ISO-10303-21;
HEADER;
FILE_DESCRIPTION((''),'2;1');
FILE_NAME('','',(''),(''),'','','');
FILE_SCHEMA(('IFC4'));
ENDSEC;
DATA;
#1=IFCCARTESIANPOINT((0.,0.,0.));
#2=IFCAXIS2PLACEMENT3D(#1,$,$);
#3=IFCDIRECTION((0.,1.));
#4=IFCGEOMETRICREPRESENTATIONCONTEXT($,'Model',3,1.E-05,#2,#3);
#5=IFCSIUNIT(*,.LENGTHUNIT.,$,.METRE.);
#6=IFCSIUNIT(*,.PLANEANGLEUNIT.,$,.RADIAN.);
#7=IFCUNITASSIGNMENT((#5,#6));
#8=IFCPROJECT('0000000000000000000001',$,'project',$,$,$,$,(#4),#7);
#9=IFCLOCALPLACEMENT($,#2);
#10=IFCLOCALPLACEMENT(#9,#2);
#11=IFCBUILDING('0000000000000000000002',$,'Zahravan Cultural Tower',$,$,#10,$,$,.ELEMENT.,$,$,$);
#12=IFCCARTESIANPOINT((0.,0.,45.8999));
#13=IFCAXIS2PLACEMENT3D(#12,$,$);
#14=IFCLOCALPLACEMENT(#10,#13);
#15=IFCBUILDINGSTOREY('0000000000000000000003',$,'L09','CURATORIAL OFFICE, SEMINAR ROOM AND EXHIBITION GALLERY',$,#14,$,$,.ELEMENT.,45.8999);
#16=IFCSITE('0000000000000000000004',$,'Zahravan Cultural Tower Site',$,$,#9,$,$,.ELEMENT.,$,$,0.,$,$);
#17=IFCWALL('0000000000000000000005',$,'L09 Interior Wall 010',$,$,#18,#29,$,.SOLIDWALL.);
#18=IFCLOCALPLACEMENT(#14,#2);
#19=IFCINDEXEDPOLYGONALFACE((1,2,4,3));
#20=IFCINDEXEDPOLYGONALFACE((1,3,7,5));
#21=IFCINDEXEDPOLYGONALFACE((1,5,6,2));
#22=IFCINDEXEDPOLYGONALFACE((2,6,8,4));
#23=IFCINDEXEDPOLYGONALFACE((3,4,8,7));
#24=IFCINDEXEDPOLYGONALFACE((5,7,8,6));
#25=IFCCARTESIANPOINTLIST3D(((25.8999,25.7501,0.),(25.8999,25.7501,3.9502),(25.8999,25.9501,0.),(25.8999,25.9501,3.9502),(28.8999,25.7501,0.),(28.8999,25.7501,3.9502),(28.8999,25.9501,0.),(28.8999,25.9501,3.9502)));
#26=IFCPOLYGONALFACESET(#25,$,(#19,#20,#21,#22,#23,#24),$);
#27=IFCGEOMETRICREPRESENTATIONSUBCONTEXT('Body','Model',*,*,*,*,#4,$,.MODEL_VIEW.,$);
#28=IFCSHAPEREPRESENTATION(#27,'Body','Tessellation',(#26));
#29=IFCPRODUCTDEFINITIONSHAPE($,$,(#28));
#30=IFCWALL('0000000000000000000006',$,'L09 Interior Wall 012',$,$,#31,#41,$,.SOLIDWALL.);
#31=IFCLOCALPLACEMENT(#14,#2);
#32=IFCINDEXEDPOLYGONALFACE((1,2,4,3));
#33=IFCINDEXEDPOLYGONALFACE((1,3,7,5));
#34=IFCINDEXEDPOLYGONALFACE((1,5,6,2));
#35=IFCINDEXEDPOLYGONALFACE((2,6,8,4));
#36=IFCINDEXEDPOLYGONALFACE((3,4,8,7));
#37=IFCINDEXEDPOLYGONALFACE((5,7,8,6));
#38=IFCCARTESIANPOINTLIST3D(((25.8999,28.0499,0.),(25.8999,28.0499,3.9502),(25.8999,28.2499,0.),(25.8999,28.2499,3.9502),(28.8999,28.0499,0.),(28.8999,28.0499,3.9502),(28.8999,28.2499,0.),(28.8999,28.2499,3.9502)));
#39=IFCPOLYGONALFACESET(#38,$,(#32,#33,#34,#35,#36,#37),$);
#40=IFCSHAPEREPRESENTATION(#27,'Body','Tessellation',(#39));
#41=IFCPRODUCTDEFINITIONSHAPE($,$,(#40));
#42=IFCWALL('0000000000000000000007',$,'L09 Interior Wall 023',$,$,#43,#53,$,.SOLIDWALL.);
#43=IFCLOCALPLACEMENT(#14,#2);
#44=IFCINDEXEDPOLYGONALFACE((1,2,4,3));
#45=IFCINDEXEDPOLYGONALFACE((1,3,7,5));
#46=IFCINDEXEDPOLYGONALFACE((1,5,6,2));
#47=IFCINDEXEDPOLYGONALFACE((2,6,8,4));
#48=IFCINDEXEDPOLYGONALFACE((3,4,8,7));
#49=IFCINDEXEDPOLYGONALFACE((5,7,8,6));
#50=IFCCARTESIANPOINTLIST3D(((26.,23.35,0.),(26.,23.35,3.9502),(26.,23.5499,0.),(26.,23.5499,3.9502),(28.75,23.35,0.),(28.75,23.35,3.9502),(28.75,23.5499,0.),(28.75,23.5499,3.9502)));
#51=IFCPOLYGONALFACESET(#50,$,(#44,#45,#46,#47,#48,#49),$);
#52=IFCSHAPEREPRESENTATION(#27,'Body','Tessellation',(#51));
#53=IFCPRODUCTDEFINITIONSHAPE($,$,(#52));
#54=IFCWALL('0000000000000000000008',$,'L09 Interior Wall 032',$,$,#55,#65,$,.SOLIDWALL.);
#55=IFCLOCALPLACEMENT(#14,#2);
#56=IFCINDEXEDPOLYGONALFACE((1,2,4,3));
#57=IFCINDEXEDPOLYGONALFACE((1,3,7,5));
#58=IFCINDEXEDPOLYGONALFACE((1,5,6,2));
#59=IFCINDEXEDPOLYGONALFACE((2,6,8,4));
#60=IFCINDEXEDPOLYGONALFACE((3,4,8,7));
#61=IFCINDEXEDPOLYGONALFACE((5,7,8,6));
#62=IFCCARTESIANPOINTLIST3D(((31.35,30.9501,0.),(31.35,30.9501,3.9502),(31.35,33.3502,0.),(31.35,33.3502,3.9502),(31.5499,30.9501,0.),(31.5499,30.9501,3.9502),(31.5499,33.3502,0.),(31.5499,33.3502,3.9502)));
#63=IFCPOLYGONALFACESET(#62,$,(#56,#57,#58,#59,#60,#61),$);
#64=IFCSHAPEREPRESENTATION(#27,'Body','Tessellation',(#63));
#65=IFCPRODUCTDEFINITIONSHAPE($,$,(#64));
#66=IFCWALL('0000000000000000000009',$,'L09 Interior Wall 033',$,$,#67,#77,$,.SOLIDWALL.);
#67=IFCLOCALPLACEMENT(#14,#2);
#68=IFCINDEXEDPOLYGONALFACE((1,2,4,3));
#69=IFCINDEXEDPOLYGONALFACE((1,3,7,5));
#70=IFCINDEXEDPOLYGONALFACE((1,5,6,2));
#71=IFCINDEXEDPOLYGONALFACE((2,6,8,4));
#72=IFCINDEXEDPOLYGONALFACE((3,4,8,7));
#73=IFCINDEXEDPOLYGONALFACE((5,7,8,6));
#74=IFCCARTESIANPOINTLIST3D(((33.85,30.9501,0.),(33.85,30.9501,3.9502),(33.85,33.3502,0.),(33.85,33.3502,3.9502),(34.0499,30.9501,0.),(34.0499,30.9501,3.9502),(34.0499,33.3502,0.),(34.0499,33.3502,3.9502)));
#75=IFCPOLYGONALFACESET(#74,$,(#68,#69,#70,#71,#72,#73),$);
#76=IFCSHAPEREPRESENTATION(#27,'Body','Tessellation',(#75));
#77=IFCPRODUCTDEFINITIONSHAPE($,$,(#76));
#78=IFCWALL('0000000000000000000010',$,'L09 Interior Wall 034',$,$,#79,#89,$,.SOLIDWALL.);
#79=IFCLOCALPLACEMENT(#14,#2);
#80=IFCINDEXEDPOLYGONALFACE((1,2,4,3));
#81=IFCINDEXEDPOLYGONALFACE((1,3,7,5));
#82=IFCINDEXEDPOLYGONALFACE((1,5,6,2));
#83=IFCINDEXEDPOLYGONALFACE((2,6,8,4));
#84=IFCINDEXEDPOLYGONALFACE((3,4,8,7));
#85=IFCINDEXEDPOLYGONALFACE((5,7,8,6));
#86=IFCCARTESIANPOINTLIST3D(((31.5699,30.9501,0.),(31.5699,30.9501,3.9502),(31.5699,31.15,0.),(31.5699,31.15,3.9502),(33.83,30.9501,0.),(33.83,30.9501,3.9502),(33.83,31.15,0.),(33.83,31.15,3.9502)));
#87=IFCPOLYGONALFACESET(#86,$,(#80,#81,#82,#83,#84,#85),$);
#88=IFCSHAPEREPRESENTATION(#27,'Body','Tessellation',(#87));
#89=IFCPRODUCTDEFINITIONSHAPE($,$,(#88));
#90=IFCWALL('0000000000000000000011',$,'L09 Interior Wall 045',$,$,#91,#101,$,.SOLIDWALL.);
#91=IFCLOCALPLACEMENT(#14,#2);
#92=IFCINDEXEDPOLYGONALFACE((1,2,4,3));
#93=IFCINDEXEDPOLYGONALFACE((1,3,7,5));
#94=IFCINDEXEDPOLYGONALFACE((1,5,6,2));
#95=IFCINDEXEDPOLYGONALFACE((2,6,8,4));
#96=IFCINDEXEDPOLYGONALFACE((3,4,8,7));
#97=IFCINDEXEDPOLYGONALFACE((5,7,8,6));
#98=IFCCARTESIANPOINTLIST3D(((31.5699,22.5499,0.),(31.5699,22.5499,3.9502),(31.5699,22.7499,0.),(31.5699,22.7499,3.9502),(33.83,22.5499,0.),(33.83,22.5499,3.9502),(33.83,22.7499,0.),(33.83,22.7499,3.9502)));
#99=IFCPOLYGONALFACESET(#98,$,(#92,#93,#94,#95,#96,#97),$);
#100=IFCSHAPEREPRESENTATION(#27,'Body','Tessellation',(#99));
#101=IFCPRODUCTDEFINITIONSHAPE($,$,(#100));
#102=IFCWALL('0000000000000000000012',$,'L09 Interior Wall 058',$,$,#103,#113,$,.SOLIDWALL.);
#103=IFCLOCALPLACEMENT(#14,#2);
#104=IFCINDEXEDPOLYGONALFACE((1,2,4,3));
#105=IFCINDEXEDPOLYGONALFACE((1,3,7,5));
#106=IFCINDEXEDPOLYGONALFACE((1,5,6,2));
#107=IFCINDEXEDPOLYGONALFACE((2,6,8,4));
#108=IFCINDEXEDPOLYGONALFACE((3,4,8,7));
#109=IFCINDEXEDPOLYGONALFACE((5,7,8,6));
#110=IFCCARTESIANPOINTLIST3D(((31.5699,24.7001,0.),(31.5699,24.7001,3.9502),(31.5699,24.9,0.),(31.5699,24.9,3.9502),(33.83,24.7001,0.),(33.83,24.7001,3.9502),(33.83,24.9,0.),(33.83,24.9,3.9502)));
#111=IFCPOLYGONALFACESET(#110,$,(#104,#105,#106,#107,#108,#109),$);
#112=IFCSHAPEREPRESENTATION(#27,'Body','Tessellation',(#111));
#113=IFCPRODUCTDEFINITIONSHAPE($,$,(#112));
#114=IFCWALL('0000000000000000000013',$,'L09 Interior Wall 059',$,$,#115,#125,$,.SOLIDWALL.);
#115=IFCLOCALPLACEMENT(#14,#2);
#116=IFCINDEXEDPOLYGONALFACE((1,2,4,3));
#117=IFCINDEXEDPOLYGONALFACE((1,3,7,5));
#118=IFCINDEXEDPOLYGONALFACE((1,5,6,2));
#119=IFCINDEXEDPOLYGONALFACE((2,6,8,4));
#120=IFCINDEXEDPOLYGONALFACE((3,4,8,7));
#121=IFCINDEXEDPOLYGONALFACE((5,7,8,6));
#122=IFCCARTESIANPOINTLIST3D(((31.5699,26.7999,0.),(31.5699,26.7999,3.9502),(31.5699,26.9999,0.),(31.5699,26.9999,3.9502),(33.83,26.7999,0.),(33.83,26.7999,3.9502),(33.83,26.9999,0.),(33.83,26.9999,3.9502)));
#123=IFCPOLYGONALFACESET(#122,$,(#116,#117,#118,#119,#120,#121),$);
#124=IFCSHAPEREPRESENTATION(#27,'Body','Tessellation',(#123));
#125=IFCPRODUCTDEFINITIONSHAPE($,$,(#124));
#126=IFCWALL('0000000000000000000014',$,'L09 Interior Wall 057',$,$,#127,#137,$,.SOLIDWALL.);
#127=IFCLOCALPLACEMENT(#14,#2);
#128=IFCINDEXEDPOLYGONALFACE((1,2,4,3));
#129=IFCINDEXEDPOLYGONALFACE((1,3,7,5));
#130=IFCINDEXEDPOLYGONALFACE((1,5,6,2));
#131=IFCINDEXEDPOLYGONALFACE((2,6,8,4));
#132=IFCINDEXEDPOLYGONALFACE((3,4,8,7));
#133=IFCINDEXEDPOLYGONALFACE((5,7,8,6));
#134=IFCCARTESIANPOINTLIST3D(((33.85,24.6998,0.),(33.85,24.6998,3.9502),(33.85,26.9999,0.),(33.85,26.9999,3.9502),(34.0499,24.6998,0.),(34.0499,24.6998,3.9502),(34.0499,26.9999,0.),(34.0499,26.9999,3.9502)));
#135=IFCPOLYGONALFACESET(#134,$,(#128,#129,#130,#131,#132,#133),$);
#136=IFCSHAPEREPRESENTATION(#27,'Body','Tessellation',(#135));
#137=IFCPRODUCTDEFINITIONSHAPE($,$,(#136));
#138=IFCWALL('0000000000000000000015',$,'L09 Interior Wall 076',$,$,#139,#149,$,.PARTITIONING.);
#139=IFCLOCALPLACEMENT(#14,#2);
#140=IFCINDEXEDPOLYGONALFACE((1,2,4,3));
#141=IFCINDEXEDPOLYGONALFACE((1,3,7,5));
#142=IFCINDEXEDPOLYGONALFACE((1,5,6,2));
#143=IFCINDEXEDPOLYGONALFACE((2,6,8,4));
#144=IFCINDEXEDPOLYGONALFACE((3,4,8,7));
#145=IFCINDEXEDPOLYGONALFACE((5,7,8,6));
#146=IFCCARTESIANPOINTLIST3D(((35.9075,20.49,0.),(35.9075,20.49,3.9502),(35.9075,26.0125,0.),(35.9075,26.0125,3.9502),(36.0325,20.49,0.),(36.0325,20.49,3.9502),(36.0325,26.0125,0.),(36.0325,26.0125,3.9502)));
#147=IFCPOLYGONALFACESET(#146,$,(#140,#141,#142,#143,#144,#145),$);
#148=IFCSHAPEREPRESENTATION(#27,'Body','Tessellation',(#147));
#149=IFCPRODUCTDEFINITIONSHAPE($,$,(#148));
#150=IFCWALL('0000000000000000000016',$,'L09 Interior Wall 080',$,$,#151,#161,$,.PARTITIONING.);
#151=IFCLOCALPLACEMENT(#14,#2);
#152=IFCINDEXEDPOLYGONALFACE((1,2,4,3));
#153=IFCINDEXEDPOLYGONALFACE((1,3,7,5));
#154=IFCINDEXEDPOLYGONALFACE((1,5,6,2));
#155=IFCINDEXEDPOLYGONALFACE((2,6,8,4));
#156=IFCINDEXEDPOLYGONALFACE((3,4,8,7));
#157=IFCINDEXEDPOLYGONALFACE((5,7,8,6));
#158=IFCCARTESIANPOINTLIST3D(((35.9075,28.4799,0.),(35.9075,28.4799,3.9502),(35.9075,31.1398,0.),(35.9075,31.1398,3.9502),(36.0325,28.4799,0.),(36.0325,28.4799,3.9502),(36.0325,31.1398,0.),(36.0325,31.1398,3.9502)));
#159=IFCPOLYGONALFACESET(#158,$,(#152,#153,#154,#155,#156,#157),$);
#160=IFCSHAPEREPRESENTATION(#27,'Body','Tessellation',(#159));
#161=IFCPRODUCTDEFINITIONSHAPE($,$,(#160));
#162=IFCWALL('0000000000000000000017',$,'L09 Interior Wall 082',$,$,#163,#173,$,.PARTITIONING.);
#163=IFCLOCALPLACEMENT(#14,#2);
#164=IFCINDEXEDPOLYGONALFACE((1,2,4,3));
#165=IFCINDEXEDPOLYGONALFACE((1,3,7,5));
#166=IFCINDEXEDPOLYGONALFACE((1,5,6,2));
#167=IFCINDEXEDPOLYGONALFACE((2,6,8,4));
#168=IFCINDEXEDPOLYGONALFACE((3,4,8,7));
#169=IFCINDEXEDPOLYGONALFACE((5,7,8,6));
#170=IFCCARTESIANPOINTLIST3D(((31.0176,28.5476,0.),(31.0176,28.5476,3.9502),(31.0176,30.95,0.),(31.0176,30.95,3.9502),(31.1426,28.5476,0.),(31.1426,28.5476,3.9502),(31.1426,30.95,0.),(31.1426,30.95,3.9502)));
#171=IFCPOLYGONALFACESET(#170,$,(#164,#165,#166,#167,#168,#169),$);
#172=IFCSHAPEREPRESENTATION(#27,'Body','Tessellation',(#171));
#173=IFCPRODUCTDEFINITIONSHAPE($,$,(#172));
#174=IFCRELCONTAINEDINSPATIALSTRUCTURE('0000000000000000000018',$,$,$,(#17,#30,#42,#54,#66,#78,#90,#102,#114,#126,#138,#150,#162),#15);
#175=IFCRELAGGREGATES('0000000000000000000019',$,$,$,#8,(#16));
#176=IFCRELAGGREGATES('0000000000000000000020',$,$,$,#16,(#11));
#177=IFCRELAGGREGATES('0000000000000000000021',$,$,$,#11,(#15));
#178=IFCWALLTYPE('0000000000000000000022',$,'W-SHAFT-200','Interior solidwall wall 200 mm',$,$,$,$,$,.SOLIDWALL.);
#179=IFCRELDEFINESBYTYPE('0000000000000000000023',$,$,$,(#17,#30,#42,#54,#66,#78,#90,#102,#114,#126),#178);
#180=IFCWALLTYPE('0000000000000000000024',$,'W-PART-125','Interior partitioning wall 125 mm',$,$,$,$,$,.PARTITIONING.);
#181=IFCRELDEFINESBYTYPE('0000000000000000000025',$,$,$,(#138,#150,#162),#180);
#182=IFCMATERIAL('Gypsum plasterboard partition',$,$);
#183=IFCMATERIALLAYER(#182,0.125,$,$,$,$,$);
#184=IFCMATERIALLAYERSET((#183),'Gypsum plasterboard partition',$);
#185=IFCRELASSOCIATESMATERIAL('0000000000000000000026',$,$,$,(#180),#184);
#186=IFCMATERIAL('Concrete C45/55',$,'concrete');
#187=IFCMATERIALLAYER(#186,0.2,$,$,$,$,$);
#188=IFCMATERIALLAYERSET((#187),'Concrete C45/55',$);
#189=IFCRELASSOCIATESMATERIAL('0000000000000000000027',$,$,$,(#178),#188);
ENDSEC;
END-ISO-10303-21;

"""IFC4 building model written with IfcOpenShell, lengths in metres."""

from ifc_helpers import new_model, si_unit, direction, frame, frame_2d, origin, place, context, subcontext, project, spatial, rectangle, extrude, source, transform, mapped, material, layer, layer_set, type_object, element, save


model = new_model("IFC4")

# Units and contexts
model_context = context("Model", 3, precision=1e-05, world=origin(), true_north=direction((0.0, 1.0)))
body_context = subcontext(model_context, "Body", "Model", "MODEL_VIEW")
ifc_project = project(units=[si_unit("LENGTHUNIT", "METRE"), si_unit("PLANEANGLEUNIT", "RADIAN")], contexts=[model_context])

# Site, building, storey
site_placement = place(None, origin())
site = spatial("IfcSite", under=ifc_project, at=site_placement, Name="Zahravan Cultural Tower Site", CompositionType="ELEMENT", RefElevation=0.0)
building_placement = place(site_placement, origin())
building = spatial("IfcBuilding", under=site, at=building_placement, Name="Zahravan Cultural Tower", CompositionType="ELEMENT")
storey_placement = place(building_placement, frame((0.0, 0.0, 45.8999)))
storey = spatial("IfcBuildingStorey", under=building, at=storey_placement, Name="L09", Description="CURATORIAL OFFICE, SEMINAR ROOM AND EXHIBITION GALLERY", CompositionType="ELEMENT", Elevation=45.8999)

# Shared definitions
ifc_material_1 = material(Name="Gypsum plasterboard partition")
ifc_layer_1 = layer(ifc_material_1, 0.125)
ifc_layer_set_1 = layer_set([ifc_layer_1], Name="Gypsum plasterboard partition")
wall_type_1 = type_object("IfcWallType", Name="W-PART-125", Description="Interior partitioning wall 125 mm", PredefinedType="PARTITIONING", material=ifc_layer_set_1)
ifc_material_2 = material(Name="Concrete C45/55", Category="concrete")
ifc_layer_2 = layer(ifc_material_2, 0.2)
ifc_layer_set_2 = layer_set([ifc_layer_2], Name="Concrete C45/55")
wall_type_2 = type_object("IfcWallType", Name="W-SHAFT-200", Description="Interior solidwall wall 200 mm", PredefinedType="SOLIDWALL", material=ifc_layer_set_2)

# Walls
shared_shape_1 = source(origin(), body_context, "Body", "SweptSolid", [
    extrude(rectangle(XDim=3.0, YDim=0.2, at=frame_2d((1.5, 0.0))), origin(), (0.0, 0.0, 1.0), 3.9502),
])
for number, where, z_axis, x_axis, name in (
    (1, (25.8999, 25.8501, 0.0), (0.0, 0.0, 1.0), (1.0, 0.0, 0.0), "L09 Interior Wall 010"),
    (2, (25.8999, 28.1499, 0.0), (0.0, 0.0, 1.0), (1.0, 0.0, 0.0), "L09 Interior Wall 012"),
):
    element("IfcWall", number, at=place(storey_placement, frame(where, z_axis=z_axis, x_axis=x_axis)), inside=storey, type_object=wall_type_2, Name=name, PredefinedType="SOLIDWALL", context=body_context, shape_type="MappedRepresentation", body=[
        mapped(shared_shape_1, transform((0.0, 0.0, 0.0), x_axis=(1.0, 0.0, 0.0), y_axis=(0.0, 1.0, 0.0), z_axis=(0.0, 0.0, 1.0), scale=1.0)),
    ])
shared_shape_2 = source(origin(), body_context, "Body", "SweptSolid", [
    extrude(rectangle(XDim=2.75, YDim=0.2, at=frame_2d((1.375, 0.0))), origin(), (0.0, 0.0, 1.0), 3.9502),
])
wall_1_placement = place(storey_placement, frame((26.0, 23.45, 0.0), z_axis=(0.0, 0.0, 1.0), x_axis=(1.0, 0.0, 0.0)))
element("IfcWall", 3, at=wall_1_placement, inside=storey, type_object=wall_type_2, Name="L09 Interior Wall 023", PredefinedType="SOLIDWALL", context=body_context, shape_type="MappedRepresentation", body=[
    mapped(shared_shape_2, transform((0.0, 0.0, 0.0), x_axis=(1.0, 0.0, 0.0), y_axis=(0.0, 1.0, 0.0), z_axis=(0.0, 0.0, 1.0), scale=1.0)),
])
shared_shape_3 = source(origin(), body_context, "Body", "SweptSolid", [
    extrude(rectangle(XDim=2.4001, YDim=0.2, at=frame_2d((1.2002, 0.0))), origin(), (0.0, 0.0, 1.0), 3.9502),
])
for number, where, z_axis, x_axis, name in (
    (4, (31.45, 30.95, 0.0), (0.0, 0.0, 1.0), (0.0, 1.0, 0.0), "L09 Interior Wall 032"),
    (5, (33.95, 30.95, 0.0), (0.0, 0.0, 1.0), (0.0, 1.0, 0.0), "L09 Interior Wall 033"),
):
    element("IfcWall", number, at=place(storey_placement, frame(where, z_axis=z_axis, x_axis=x_axis)), inside=storey, type_object=wall_type_2, Name=name, PredefinedType="SOLIDWALL", context=body_context, shape_type="MappedRepresentation", body=[
        mapped(shared_shape_3, transform((0.0, 0.0, 0.0), x_axis=(1.0, 0.0, 0.0), y_axis=(0.0, 1.0, 0.0), z_axis=(0.0, 0.0, 1.0), scale=1.0)),
    ])
shared_shape_4 = source(origin(), body_context, "Body", "SweptSolid", [
    extrude(rectangle(XDim=2.26, YDim=0.2, at=frame_2d((1.1299, 0.0))), origin(), (0.0, 0.0, 1.0), 3.9502),
])
for number, where, z_axis, x_axis, name in (
    (6, (31.5701, 31.05, 0.0), (0.0, 0.0, 1.0), (1.0, 0.0, 0.0), "L09 Interior Wall 034"),
    (7, (31.5701, 22.6499, 0.0), (0.0, 0.0, 1.0), (1.0, 0.0, 0.0), "L09 Interior Wall 045"),
    (8, (31.5701, 24.8, 0.0), (0.0, 0.0, 1.0), (1.0, 0.0, 0.0), "L09 Interior Wall 058"),
    (9, (31.5701, 26.8999, 0.0), (0.0, 0.0, 1.0), (1.0, 0.0, 0.0), "L09 Interior Wall 059"),
):
    element("IfcWall", number, at=place(storey_placement, frame(where, z_axis=z_axis, x_axis=x_axis)), inside=storey, type_object=wall_type_2, Name=name, PredefinedType="SOLIDWALL", context=body_context, shape_type="MappedRepresentation", body=[
        mapped(shared_shape_4, transform((0.0, 0.0, 0.0), x_axis=(1.0, 0.0, 0.0), y_axis=(0.0, 1.0, 0.0), z_axis=(0.0, 0.0, 1.0), scale=1.0)),
    ])
shared_shape_5 = source(origin(), body_context, "Body", "SweptSolid", [
    extrude(rectangle(XDim=2.3, YDim=0.2, at=frame_2d((1.1499, 0.0))), origin(), (0.0, 0.0, 1.0), 3.9502),
])
wall_2_placement = place(storey_placement, frame((33.95, 24.7, 0.0), z_axis=(0.0, 0.0, 1.0), x_axis=(0.0, 1.0, 0.0)))
element("IfcWall", 10, at=wall_2_placement, inside=storey, type_object=wall_type_2, Name="L09 Interior Wall 057", PredefinedType="SOLIDWALL", context=body_context, shape_type="MappedRepresentation", body=[
    mapped(shared_shape_5, transform((0.0, 0.0, 0.0), x_axis=(1.0, 0.0, 0.0), y_axis=(0.0, 1.0, 0.0), z_axis=(0.0, 0.0, 1.0), scale=1.0)),
])
shared_shape_6 = source(origin(), body_context, "Body", "SweptSolid", [
    extrude(rectangle(XDim=5.5225, YDim=0.125, at=frame_2d((2.7612, 0.0))), origin(), (0.0, 0.0, 1.0), 3.9502),
])
wall_3_placement = place(storey_placement, frame((35.97, 26.0125, 0.0), z_axis=(0.0, 0.0, 1.0), x_axis=(0.0, -1.0, 0.0)))
element("IfcWall", 11, at=wall_3_placement, inside=storey, type_object=wall_type_1, Name="L09 Interior Wall 076", PredefinedType="PARTITIONING", context=body_context, shape_type="MappedRepresentation", body=[
    mapped(shared_shape_6, transform((0.0, 0.0, 0.0), x_axis=(1.0, 0.0, 0.0), y_axis=(0.0, 1.0, 0.0), z_axis=(0.0, 0.0, 1.0), scale=1.0)),
])
shared_shape_7 = source(origin(), body_context, "Body", "SweptSolid", [
    extrude(rectangle(XDim=2.6599, YDim=0.125, at=frame_2d((1.3301, 0.0))), origin(), (0.0, 0.0, 1.0), 3.9502),
])
wall_4_placement = place(storey_placement, frame((35.97, 31.1399, 0.0), z_axis=(0.0, 0.0, 1.0), x_axis=(0.0, -1.0, 0.0)))
element("IfcWall", 12, at=wall_4_placement, inside=storey, type_object=wall_type_1, Name="L09 Interior Wall 080", PredefinedType="PARTITIONING", context=body_context, shape_type="MappedRepresentation", body=[
    mapped(shared_shape_7, transform((0.0, 0.0, 0.0), x_axis=(1.0, 0.0, 0.0), y_axis=(0.0, 1.0, 0.0), z_axis=(0.0, 0.0, 1.0), scale=1.0)),
])
shared_shape_8 = source(origin(), body_context, "Body", "SweptSolid", [
    extrude(rectangle(XDim=2.4023, YDim=0.125, at=frame_2d((1.2012, 0.0))), origin(), (0.0, 0.0, 1.0), 3.9502),
])
wall_5_placement = place(storey_placement, frame((31.0801, 28.5476, 0.0), z_axis=(0.0, 0.0, 1.0), x_axis=(0.0, 1.0, 0.0)))
element("IfcWall", 13, at=wall_5_placement, inside=storey, type_object=wall_type_1, Name="L09 Interior Wall 082", PredefinedType="PARTITIONING", context=body_context, shape_type="MappedRepresentation", body=[
    mapped(shared_shape_8, transform((0.0, 0.0, 0.0), x_axis=(1.0, 0.0, 0.0), y_axis=(0.0, 1.0, 0.0), z_axis=(0.0, 0.0, 1.0), scale=1.0)),
])

save(model, "model.ifc")
